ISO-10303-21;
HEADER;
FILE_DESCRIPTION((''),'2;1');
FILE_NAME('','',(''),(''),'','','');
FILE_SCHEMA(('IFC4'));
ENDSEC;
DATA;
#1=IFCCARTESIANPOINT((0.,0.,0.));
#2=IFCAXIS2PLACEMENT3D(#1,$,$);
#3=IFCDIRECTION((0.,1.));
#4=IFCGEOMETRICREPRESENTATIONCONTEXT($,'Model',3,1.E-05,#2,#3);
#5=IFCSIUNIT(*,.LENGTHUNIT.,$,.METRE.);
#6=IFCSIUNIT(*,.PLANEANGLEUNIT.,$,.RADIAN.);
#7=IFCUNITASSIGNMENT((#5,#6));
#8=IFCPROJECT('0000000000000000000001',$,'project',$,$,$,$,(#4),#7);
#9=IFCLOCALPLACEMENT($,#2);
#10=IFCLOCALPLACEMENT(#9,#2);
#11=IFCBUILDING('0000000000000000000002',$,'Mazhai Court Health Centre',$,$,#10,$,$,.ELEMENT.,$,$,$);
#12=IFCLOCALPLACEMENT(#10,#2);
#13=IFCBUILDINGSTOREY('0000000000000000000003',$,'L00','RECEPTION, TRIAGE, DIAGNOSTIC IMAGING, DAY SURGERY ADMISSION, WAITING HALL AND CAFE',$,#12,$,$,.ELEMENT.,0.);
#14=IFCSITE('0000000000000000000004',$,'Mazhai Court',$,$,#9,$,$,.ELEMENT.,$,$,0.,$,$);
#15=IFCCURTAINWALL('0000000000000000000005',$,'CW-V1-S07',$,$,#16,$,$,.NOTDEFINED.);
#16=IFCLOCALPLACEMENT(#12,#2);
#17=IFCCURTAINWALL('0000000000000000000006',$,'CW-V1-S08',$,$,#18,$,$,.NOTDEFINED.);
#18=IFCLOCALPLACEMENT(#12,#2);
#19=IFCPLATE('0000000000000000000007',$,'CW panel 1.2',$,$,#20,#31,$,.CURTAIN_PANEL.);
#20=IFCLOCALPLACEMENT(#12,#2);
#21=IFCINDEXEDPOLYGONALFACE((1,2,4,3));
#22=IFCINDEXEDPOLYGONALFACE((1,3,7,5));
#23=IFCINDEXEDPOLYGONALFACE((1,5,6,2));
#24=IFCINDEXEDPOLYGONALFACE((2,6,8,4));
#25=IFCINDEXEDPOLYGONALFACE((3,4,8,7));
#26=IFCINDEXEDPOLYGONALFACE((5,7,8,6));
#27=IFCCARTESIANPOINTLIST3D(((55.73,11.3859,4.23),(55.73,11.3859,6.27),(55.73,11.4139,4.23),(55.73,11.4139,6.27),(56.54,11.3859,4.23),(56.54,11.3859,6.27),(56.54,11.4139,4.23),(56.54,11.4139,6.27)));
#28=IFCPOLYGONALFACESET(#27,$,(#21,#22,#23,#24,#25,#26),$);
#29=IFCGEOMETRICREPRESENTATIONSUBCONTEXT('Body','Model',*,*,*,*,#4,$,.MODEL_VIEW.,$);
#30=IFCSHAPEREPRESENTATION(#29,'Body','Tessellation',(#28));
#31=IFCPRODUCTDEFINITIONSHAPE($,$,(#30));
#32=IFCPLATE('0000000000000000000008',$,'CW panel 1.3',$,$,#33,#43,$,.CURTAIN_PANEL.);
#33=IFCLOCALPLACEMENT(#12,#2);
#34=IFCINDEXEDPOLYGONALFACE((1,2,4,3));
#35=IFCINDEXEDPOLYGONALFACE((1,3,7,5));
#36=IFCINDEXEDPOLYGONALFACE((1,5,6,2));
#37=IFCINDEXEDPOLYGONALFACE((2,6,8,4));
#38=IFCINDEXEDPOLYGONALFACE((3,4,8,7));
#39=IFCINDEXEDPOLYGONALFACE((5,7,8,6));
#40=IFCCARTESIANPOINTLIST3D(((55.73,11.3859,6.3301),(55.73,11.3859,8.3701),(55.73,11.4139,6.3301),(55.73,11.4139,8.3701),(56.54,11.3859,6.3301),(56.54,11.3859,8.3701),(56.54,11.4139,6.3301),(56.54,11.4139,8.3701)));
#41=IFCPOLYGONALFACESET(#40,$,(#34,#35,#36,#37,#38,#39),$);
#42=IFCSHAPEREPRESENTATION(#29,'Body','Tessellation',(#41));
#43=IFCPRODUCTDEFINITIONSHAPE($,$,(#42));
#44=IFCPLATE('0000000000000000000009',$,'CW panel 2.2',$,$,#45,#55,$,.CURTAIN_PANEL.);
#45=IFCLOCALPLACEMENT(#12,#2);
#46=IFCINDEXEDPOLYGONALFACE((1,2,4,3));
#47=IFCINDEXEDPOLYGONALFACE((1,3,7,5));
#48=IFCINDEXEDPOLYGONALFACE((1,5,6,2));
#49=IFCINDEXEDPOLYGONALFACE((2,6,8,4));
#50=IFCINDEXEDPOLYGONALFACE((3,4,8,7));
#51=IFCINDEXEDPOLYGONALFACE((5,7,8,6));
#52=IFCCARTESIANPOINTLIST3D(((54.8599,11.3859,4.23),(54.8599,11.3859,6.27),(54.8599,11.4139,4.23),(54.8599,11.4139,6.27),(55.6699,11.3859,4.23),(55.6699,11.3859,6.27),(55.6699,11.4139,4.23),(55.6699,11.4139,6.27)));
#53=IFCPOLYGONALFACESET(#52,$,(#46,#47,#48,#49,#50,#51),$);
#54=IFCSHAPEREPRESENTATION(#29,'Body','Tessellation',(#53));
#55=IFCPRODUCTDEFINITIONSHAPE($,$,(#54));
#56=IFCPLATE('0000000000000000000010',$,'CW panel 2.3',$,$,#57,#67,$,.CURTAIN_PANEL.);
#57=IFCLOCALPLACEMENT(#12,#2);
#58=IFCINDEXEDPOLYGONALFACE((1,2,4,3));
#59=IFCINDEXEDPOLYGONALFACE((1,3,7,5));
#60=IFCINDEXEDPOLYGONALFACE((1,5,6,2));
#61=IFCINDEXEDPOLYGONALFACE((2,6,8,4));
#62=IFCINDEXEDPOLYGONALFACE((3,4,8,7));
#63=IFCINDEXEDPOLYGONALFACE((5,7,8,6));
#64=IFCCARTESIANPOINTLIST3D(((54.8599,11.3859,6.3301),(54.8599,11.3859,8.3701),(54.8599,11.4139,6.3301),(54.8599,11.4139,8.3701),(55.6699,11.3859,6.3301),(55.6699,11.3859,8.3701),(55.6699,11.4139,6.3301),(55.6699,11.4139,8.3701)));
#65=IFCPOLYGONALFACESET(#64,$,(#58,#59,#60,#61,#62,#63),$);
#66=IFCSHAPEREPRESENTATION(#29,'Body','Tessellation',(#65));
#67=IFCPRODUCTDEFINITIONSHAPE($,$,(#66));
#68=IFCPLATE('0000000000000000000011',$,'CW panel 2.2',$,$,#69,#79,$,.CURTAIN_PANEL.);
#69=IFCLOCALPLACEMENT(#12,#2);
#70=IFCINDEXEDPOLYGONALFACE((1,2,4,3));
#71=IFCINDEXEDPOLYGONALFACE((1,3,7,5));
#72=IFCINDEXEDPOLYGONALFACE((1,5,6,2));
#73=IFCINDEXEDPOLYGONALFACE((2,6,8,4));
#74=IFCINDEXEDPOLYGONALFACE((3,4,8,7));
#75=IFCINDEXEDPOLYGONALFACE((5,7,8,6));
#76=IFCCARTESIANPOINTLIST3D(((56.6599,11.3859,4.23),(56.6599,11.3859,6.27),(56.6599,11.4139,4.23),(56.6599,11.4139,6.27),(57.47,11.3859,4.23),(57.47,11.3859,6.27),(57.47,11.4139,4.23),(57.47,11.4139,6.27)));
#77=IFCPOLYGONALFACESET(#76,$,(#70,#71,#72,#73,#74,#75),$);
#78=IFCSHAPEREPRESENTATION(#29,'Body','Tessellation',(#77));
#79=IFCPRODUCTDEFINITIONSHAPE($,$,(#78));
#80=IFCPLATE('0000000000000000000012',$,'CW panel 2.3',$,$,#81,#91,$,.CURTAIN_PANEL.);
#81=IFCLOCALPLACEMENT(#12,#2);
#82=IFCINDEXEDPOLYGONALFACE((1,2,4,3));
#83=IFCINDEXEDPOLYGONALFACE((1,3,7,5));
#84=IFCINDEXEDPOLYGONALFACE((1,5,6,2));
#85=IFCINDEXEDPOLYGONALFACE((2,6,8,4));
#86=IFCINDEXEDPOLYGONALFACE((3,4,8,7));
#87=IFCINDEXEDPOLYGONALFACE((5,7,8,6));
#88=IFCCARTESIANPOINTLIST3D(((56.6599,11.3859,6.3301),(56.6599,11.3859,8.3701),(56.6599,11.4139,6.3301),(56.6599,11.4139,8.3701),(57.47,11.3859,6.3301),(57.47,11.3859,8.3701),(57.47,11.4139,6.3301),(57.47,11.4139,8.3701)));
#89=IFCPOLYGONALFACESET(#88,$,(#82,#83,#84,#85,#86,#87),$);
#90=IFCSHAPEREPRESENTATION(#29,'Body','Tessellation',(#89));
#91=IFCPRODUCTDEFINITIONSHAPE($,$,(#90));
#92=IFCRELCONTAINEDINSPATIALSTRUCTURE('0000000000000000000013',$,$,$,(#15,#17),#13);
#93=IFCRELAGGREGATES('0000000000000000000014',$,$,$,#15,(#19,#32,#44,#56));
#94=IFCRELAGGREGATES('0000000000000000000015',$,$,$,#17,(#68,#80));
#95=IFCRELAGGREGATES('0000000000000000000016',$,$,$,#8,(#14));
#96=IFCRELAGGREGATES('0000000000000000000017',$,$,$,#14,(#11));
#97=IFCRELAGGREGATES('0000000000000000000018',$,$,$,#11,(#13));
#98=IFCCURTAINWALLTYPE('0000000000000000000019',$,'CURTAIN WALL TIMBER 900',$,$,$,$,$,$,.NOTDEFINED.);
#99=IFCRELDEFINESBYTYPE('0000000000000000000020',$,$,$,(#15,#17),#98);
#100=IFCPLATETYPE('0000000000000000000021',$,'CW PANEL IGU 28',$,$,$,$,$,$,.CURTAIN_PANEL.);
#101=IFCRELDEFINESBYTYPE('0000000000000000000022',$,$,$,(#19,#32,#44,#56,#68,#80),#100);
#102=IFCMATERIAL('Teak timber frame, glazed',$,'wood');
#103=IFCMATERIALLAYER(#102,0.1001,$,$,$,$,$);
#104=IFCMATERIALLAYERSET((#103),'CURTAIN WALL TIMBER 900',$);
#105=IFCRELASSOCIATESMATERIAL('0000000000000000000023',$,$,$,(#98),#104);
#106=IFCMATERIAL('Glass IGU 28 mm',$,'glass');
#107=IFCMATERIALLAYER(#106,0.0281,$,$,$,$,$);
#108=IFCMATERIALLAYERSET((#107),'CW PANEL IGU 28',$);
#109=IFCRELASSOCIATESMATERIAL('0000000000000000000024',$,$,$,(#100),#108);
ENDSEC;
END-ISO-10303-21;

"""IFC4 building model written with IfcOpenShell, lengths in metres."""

from ifc_helpers import new_model, si_unit, direction, frame, origin, origin_2d, place, context, subcontext, project, spatial, rectangle, extrude, material, layer, layer_set, type_object, element, aggregate, save


model = new_model("IFC4")

# Units and contexts
model_context = context("Model", 3, precision=1e-05, world=origin(), true_north=direction((0.0, 1.0)))
body_context = subcontext(model_context, "Body", "Model", "MODEL_VIEW")
ifc_project = project(units=[si_unit("LENGTHUNIT", "METRE"), si_unit("PLANEANGLEUNIT", "RADIAN")], contexts=[model_context])

# Site, building, storey
site_placement = place(None, origin())
site = spatial("IfcSite", under=ifc_project, at=site_placement, Name="Mazhai Court", CompositionType="ELEMENT", RefElevation=0.0)
building_placement = place(site_placement, origin())
building = spatial("IfcBuilding", under=site, at=building_placement, Name="Mazhai Court Health Centre", CompositionType="ELEMENT")
storey_placement = place(building_placement, origin())
storey = spatial("IfcBuildingStorey", under=building, at=storey_placement, Name="L00", Description="RECEPTION, TRIAGE, DIAGNOSTIC IMAGING, DAY SURGERY ADMISSION, WAITING HALL AND CAFE", CompositionType="ELEMENT", Elevation=0.0)

# Curtain wall
ifc_material_1 = material(Name="Teak timber frame, glazed", Category="wood")
ifc_layer_1 = layer(ifc_material_1, 0.1001)
ifc_layer_set_1 = layer_set([ifc_layer_1], Name="CURTAIN WALL TIMBER 900")
curtain_wall_type = type_object("IfcCurtainWallType", Name="CURTAIN WALL TIMBER 900", PredefinedType="NOTDEFINED", material=ifc_layer_set_1)
curtain_wall_1_placement = place(storey_placement, origin())
curtain_wall_1 = element("IfcCurtainWall", 1, at=curtain_wall_1_placement, inside=storey, type_object=curtain_wall_type, Name="CW-V1-S07", PredefinedType="NOTDEFINED")

# Curtain wall
curtain_wall_2_placement = place(storey_placement, origin())
curtain_wall_2 = element("IfcCurtainWall", 2, at=curtain_wall_2_placement, inside=storey, type_object=curtain_wall_type, Name="CW-V1-S08", PredefinedType="NOTDEFINED")

# Plates
ifc_material_2 = material(Name="Glass IGU 28 mm", Category="glass")
ifc_layer_2 = layer(ifc_material_2, 0.0281)
ifc_layer_set_2 = layer_set([ifc_layer_2], Name="CW PANEL IGU 28")
plate_type = type_object("IfcPlateType", Name="CW PANEL IGU 28", PredefinedType="CURTAIN_PANEL", material=ifc_layer_set_2)
plate_1_placement = place(storey_placement, frame((56.135, 11.3999, 4.23), z_axis=(0.0, 0.0, 1.0), x_axis=(-1.0, 0.0, 0.0)))
plate_1 = element("IfcPlate", 3, at=plate_1_placement, type_object=plate_type, Name="CW panel 1.2", PredefinedType="CURTAIN_PANEL", context=body_context, shape_type="SweptSolid", body=[
    extrude(rectangle(XDim=0.8101, YDim=0.0281, at=origin_2d()), origin(), (0.0, 0.0, 1.0), 2.04),
])
plate_2_placement = place(storey_placement, frame((56.135, 11.3999, 6.3301), z_axis=(0.0, 0.0, 1.0), x_axis=(-1.0, 0.0, 0.0)))
plate_2 = element("IfcPlate", 4, at=plate_2_placement, type_object=plate_type, Name="CW panel 1.3", PredefinedType="CURTAIN_PANEL", context=body_context, shape_type="SweptSolid", body=[
    extrude(rectangle(XDim=0.8101, YDim=0.0281, at=origin_2d()), origin(), (0.0, 0.0, 1.0), 2.04),
])
plate_3_placement = place(storey_placement, frame((55.2649, 11.3999, 4.23), z_axis=(0.0, 0.0, 1.0), x_axis=(-1.0, 0.0, 0.0)))
plate_3 = element("IfcPlate", 5, at=plate_3_placement, type_object=plate_type, Name="CW panel 2.2", PredefinedType="CURTAIN_PANEL", context=body_context, shape_type="SweptSolid", body=[
    extrude(rectangle(XDim=0.8101, YDim=0.0281, at=origin_2d()), origin(), (0.0, 0.0, 1.0), 2.04),
])
plate_4_placement = place(storey_placement, frame((55.2649, 11.3999, 6.3301), z_axis=(0.0, 0.0, 1.0), x_axis=(-1.0, 0.0, 0.0)))
plate_4 = element("IfcPlate", 6, at=plate_4_placement, type_object=plate_type, Name="CW panel 2.3", PredefinedType="CURTAIN_PANEL", context=body_context, shape_type="SweptSolid", body=[
    extrude(rectangle(XDim=0.8101, YDim=0.0281, at=origin_2d()), origin(), (0.0, 0.0, 1.0), 2.04),
])
aggregate(curtain_wall_1, [plate_1, plate_2, plate_3, plate_4])
plate_5_placement = place(storey_placement, frame((57.0649, 11.3999, 4.23), z_axis=(0.0, 0.0, 1.0), x_axis=(-1.0, 0.0, 0.0)))
plate_5 = element("IfcPlate", 7, at=plate_5_placement, type_object=plate_type, Name="CW panel 2.2", PredefinedType="CURTAIN_PANEL", context=body_context, shape_type="SweptSolid", body=[
    extrude(rectangle(XDim=0.8101, YDim=0.0281, at=origin_2d()), origin(), (0.0, 0.0, 1.0), 2.04),
])
plate_6_placement = place(storey_placement, frame((57.0649, 11.3999, 6.3301), z_axis=(0.0, 0.0, 1.0), x_axis=(-1.0, 0.0, 0.0)))
plate_6 = element("IfcPlate", 8, at=plate_6_placement, type_object=plate_type, Name="CW panel 2.3", PredefinedType="CURTAIN_PANEL", context=body_context, shape_type="SweptSolid", body=[
    extrude(rectangle(XDim=0.8101, YDim=0.0281, at=origin_2d()), origin(), (0.0, 0.0, 1.0), 2.04),
])
aggregate(curtain_wall_2, [plate_5, plate_6])

save(model, "model.ifc")
